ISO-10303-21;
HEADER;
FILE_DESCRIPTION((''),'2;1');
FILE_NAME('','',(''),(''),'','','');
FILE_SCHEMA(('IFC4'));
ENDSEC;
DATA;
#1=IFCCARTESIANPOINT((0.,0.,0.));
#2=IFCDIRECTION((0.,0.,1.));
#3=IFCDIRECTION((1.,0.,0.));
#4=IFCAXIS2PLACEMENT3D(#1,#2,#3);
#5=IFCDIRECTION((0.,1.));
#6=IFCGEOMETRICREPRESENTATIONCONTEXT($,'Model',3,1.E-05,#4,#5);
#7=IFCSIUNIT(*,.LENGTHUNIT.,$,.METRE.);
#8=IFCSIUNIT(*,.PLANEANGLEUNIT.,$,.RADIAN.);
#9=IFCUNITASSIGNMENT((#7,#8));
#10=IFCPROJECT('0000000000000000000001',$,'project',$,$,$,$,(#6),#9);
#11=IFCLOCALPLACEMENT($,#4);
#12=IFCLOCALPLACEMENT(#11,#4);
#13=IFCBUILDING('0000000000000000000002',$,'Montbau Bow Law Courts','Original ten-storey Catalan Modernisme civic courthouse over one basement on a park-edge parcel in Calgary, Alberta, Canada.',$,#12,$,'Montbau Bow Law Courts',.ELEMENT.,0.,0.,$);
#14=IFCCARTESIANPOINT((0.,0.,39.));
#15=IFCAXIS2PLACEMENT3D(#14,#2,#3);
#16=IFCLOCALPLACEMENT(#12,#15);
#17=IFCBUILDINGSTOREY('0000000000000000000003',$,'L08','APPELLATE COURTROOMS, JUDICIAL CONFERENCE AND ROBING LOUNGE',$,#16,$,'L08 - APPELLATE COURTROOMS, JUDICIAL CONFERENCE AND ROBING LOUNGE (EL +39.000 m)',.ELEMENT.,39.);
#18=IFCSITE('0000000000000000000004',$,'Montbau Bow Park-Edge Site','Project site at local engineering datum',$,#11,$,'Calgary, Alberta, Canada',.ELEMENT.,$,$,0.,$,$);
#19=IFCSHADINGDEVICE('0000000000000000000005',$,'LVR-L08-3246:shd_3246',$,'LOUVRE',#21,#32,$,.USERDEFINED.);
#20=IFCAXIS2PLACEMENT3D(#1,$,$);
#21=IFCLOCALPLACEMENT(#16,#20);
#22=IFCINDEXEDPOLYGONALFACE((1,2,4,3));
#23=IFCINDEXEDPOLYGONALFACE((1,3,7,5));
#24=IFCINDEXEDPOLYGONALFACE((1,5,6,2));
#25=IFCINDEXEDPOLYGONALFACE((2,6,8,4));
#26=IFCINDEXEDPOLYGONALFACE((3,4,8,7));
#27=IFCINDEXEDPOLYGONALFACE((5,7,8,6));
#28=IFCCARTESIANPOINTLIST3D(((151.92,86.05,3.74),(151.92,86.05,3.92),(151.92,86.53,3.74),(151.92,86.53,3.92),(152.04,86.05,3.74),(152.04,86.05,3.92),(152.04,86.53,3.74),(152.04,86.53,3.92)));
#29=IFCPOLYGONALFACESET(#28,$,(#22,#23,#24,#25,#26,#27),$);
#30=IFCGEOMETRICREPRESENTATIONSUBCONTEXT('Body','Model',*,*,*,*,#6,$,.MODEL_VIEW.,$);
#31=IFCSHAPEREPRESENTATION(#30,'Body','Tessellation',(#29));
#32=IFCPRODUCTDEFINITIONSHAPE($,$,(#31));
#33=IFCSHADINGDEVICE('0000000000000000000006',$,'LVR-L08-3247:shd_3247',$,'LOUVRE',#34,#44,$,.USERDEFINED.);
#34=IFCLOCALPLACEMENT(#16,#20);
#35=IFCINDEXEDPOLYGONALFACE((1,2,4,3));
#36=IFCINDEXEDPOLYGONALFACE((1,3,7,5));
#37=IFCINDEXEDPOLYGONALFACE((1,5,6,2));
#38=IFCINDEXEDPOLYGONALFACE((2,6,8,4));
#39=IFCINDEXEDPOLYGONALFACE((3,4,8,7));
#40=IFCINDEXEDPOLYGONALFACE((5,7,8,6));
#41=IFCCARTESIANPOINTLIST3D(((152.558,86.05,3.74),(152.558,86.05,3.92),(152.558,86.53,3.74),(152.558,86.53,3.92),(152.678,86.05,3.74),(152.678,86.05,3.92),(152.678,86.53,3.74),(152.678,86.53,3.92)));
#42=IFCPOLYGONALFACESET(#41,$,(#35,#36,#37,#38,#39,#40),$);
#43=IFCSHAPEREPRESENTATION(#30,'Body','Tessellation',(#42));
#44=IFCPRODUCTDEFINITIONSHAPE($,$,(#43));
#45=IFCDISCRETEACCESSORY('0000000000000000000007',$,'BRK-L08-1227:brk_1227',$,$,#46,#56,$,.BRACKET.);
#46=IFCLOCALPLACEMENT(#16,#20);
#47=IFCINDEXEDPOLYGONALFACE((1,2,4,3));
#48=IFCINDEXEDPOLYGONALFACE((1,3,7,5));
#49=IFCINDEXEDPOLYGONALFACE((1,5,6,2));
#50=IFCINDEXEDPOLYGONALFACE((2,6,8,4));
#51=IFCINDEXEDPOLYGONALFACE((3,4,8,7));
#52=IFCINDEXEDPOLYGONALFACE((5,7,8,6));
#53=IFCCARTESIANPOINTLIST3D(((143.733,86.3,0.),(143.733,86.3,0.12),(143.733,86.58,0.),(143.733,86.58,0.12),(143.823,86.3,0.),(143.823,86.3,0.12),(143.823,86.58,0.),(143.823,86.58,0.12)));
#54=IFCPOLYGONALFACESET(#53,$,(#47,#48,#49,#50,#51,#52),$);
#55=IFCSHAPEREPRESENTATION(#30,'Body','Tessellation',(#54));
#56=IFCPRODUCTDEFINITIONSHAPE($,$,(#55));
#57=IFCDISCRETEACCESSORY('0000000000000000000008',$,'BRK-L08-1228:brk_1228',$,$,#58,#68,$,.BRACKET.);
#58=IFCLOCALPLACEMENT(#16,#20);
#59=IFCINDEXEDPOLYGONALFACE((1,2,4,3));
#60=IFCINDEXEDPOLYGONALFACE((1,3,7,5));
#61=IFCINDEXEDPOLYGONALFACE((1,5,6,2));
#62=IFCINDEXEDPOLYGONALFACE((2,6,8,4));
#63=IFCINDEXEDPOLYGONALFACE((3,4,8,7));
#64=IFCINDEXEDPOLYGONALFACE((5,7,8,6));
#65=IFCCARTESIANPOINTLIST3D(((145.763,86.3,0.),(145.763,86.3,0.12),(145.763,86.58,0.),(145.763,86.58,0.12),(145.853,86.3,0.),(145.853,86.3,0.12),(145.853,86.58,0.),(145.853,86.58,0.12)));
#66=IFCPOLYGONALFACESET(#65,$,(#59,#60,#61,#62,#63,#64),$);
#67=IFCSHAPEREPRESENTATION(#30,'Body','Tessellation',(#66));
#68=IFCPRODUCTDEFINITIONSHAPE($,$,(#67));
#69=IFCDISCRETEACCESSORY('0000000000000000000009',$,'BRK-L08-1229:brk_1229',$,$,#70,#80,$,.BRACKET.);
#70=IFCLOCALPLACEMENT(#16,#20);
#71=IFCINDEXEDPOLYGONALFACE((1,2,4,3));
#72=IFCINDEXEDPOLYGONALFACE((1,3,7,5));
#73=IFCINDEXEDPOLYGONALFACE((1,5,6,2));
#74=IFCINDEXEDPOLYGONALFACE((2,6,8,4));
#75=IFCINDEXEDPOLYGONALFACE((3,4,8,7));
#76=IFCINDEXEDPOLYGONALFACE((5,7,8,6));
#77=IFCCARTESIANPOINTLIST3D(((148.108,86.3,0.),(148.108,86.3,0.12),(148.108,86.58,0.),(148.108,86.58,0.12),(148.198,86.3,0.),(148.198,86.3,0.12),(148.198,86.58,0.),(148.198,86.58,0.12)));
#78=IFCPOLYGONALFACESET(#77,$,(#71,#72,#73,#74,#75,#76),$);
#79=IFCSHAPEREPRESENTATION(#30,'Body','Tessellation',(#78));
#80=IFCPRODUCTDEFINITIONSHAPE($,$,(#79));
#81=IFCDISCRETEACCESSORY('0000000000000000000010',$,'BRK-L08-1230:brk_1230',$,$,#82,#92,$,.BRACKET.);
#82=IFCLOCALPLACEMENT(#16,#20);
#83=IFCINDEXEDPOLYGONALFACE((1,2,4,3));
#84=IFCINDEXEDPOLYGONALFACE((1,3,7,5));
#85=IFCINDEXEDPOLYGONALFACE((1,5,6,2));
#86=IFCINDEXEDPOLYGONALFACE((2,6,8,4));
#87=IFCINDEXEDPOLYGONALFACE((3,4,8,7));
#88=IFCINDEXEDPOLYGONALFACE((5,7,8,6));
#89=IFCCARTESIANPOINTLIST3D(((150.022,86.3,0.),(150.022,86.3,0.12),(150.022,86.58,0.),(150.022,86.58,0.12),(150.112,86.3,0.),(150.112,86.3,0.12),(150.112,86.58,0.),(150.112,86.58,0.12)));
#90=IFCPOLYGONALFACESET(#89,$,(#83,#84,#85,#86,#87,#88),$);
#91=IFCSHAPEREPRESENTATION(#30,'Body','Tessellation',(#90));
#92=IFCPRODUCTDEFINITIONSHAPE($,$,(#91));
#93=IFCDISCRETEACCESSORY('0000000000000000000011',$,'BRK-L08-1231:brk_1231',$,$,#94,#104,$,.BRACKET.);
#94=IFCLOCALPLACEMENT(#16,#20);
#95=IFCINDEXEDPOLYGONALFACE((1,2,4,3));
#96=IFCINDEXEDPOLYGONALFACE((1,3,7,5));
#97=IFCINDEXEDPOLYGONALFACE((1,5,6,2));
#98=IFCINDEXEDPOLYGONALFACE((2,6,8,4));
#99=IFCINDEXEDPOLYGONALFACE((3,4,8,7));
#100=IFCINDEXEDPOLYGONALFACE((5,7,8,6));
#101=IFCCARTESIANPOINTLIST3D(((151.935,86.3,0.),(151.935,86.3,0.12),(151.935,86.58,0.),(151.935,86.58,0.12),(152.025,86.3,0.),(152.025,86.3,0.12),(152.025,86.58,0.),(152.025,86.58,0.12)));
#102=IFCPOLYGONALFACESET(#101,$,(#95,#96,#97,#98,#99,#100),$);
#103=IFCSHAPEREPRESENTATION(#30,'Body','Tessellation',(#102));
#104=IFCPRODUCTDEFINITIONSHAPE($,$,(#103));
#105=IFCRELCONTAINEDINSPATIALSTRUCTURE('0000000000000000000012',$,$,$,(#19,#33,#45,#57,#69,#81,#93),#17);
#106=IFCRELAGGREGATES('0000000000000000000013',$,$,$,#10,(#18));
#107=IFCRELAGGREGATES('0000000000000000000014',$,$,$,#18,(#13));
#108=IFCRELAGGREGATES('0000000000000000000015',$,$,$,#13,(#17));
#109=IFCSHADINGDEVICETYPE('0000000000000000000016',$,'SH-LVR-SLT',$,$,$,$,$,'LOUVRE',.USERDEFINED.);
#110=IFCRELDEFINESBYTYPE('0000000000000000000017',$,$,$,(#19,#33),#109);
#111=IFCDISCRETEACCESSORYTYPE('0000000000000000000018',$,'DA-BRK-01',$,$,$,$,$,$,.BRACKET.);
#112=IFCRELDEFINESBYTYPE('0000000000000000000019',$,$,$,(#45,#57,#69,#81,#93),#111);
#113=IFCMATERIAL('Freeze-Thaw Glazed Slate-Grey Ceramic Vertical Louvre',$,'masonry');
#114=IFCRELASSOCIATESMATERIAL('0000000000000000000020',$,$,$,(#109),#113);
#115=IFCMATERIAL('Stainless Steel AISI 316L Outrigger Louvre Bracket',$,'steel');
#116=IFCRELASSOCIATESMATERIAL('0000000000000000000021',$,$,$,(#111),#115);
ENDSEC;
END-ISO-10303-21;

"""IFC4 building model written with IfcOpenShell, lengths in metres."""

from ifc_helpers import new_model, si_unit, direction, frame, origin_with_axes, origin_2d_with_axis, place, context, subcontext, project, spatial, rectangle, extrude, material, type_object, element, save


model = new_model("IFC4")

# Units and contexts
model_context = context("Model", 3, precision=1e-05, world=origin_with_axes(), true_north=direction((0.0, 1.0)))
body_context = subcontext(model_context, "Body", "Model", "MODEL_VIEW")
ifc_project = project(units=[si_unit("LENGTHUNIT", "METRE"), si_unit("PLANEANGLEUNIT", "RADIAN")], contexts=[model_context])

# Site, building, storey
site_placement = place(None, origin_with_axes())
site = spatial("IfcSite", under=ifc_project, at=site_placement, Name="Montbau Bow Park-Edge Site", Description="Project site at local engineering datum", LongName="Calgary, Alberta, Canada", CompositionType="ELEMENT", RefElevation=0.0)
building_placement = place(site_placement, origin_with_axes())
building = spatial("IfcBuilding", under=site, at=building_placement, Name="Montbau Bow Law Courts", Description="Original ten-storey Catalan Modernisme civic courthouse over one basement on a park-edge parcel in Calgary, Alberta, Canada.", LongName="Montbau Bow Law Courts", CompositionType="ELEMENT", ElevationOfRefHeight=0.0, ElevationOfTerrain=0.0)
storey_placement = place(building_placement, frame((0.0, 0.0, 39.0), z_axis=(0.0, 0.0, 1.0), x_axis=(1.0, 0.0, 0.0)))
storey = spatial("IfcBuildingStorey", under=building, at=storey_placement, Name="L08", Description="APPELLATE COURTROOMS, JUDICIAL CONFERENCE AND ROBING LOUNGE", LongName="L08 - APPELLATE COURTROOMS, JUDICIAL CONFERENCE AND ROBING LOUNGE (EL +39.000 m)", CompositionType="ELEMENT", Elevation=39.0)

# Shared definitions
ifc_material_1 = material(Name="Freeze-Thaw Glazed Slate-Grey Ceramic Vertical Louvre", Category="masonry")

# Shading devices
shading_device_type = type_object("IfcShadingDeviceType", Name="SH-LVR-SLT", ElementType="LOUVRE", PredefinedType="USERDEFINED", material=ifc_material_1)
for number, where, z_axis, x_axis, name in (
    (1, (151.98, 86.29, 42.74), (0.0, 0.0, 1.0), (0.0, -1.0, 0.0), "LVR-L08-3246:shd_3246"),
    (2, (152.618, 86.29, 42.74), (0.0, 0.0, 1.0), (0.0, -1.0, 0.0), "LVR-L08-3247:shd_3247"),
):
    element("IfcShadingDevice", number, at=place(None, frame(where, z_axis=z_axis, x_axis=x_axis)), inside=storey, type_object=shading_device_type, Name=name, ObjectType="LOUVRE", PredefinedType="USERDEFINED", context=body_context, shape_type="SweptSolid", body=[
        extrude(rectangle(XDim=0.48, YDim=0.12, at=origin_2d_with_axis()), origin_with_axes(), (0.0, 0.0, 1.0), 0.18),
    ])

# Discrete accessories
ifc_material_2 = material(Name="Stainless Steel AISI 316L Outrigger Louvre Bracket", Category="steel")
discrete_accessory_type = type_object("IfcDiscreteAccessoryType", Name="DA-BRK-01", PredefinedType="BRACKET", material=ifc_material_2)
for number, where, z_axis, x_axis, name in (
    (3, (143.778, 86.44, 39.0), (0.0, 0.0, 1.0), (0.0, -1.0, 0.0), "BRK-L08-1227:brk_1227"),
    (4, (145.808, 86.44, 39.0), (0.0, 0.0, 1.0), (0.0, -1.0, 0.0), "BRK-L08-1228:brk_1228"),
    (5, (148.153, 86.44, 39.0), (0.0, 0.0, 1.0), (0.0, -1.0, 0.0), "BRK-L08-1229:brk_1229"),
    (6, (150.067, 86.44, 39.0), (0.0, 0.0, 1.0), (0.0, -1.0, 0.0), "BRK-L08-1230:brk_1230"),
    (7, (151.98, 86.44, 39.0), (0.0, 0.0, 1.0), (0.0, -1.0, 0.0), "BRK-L08-1231:brk_1231"),
):
    element("IfcDiscreteAccessory", number, at=place(None, frame(where, z_axis=z_axis, x_axis=x_axis)), inside=storey, type_object=discrete_accessory_type, Name=name, PredefinedType="BRACKET", context=body_context, shape_type="SweptSolid", body=[
        extrude(rectangle(XDim=0.28, YDim=0.09, at=origin_2d_with_axis()), origin_with_axes(), (0.0, 0.0, 1.0), 0.12),
    ])

save(model, "model.ifc")
